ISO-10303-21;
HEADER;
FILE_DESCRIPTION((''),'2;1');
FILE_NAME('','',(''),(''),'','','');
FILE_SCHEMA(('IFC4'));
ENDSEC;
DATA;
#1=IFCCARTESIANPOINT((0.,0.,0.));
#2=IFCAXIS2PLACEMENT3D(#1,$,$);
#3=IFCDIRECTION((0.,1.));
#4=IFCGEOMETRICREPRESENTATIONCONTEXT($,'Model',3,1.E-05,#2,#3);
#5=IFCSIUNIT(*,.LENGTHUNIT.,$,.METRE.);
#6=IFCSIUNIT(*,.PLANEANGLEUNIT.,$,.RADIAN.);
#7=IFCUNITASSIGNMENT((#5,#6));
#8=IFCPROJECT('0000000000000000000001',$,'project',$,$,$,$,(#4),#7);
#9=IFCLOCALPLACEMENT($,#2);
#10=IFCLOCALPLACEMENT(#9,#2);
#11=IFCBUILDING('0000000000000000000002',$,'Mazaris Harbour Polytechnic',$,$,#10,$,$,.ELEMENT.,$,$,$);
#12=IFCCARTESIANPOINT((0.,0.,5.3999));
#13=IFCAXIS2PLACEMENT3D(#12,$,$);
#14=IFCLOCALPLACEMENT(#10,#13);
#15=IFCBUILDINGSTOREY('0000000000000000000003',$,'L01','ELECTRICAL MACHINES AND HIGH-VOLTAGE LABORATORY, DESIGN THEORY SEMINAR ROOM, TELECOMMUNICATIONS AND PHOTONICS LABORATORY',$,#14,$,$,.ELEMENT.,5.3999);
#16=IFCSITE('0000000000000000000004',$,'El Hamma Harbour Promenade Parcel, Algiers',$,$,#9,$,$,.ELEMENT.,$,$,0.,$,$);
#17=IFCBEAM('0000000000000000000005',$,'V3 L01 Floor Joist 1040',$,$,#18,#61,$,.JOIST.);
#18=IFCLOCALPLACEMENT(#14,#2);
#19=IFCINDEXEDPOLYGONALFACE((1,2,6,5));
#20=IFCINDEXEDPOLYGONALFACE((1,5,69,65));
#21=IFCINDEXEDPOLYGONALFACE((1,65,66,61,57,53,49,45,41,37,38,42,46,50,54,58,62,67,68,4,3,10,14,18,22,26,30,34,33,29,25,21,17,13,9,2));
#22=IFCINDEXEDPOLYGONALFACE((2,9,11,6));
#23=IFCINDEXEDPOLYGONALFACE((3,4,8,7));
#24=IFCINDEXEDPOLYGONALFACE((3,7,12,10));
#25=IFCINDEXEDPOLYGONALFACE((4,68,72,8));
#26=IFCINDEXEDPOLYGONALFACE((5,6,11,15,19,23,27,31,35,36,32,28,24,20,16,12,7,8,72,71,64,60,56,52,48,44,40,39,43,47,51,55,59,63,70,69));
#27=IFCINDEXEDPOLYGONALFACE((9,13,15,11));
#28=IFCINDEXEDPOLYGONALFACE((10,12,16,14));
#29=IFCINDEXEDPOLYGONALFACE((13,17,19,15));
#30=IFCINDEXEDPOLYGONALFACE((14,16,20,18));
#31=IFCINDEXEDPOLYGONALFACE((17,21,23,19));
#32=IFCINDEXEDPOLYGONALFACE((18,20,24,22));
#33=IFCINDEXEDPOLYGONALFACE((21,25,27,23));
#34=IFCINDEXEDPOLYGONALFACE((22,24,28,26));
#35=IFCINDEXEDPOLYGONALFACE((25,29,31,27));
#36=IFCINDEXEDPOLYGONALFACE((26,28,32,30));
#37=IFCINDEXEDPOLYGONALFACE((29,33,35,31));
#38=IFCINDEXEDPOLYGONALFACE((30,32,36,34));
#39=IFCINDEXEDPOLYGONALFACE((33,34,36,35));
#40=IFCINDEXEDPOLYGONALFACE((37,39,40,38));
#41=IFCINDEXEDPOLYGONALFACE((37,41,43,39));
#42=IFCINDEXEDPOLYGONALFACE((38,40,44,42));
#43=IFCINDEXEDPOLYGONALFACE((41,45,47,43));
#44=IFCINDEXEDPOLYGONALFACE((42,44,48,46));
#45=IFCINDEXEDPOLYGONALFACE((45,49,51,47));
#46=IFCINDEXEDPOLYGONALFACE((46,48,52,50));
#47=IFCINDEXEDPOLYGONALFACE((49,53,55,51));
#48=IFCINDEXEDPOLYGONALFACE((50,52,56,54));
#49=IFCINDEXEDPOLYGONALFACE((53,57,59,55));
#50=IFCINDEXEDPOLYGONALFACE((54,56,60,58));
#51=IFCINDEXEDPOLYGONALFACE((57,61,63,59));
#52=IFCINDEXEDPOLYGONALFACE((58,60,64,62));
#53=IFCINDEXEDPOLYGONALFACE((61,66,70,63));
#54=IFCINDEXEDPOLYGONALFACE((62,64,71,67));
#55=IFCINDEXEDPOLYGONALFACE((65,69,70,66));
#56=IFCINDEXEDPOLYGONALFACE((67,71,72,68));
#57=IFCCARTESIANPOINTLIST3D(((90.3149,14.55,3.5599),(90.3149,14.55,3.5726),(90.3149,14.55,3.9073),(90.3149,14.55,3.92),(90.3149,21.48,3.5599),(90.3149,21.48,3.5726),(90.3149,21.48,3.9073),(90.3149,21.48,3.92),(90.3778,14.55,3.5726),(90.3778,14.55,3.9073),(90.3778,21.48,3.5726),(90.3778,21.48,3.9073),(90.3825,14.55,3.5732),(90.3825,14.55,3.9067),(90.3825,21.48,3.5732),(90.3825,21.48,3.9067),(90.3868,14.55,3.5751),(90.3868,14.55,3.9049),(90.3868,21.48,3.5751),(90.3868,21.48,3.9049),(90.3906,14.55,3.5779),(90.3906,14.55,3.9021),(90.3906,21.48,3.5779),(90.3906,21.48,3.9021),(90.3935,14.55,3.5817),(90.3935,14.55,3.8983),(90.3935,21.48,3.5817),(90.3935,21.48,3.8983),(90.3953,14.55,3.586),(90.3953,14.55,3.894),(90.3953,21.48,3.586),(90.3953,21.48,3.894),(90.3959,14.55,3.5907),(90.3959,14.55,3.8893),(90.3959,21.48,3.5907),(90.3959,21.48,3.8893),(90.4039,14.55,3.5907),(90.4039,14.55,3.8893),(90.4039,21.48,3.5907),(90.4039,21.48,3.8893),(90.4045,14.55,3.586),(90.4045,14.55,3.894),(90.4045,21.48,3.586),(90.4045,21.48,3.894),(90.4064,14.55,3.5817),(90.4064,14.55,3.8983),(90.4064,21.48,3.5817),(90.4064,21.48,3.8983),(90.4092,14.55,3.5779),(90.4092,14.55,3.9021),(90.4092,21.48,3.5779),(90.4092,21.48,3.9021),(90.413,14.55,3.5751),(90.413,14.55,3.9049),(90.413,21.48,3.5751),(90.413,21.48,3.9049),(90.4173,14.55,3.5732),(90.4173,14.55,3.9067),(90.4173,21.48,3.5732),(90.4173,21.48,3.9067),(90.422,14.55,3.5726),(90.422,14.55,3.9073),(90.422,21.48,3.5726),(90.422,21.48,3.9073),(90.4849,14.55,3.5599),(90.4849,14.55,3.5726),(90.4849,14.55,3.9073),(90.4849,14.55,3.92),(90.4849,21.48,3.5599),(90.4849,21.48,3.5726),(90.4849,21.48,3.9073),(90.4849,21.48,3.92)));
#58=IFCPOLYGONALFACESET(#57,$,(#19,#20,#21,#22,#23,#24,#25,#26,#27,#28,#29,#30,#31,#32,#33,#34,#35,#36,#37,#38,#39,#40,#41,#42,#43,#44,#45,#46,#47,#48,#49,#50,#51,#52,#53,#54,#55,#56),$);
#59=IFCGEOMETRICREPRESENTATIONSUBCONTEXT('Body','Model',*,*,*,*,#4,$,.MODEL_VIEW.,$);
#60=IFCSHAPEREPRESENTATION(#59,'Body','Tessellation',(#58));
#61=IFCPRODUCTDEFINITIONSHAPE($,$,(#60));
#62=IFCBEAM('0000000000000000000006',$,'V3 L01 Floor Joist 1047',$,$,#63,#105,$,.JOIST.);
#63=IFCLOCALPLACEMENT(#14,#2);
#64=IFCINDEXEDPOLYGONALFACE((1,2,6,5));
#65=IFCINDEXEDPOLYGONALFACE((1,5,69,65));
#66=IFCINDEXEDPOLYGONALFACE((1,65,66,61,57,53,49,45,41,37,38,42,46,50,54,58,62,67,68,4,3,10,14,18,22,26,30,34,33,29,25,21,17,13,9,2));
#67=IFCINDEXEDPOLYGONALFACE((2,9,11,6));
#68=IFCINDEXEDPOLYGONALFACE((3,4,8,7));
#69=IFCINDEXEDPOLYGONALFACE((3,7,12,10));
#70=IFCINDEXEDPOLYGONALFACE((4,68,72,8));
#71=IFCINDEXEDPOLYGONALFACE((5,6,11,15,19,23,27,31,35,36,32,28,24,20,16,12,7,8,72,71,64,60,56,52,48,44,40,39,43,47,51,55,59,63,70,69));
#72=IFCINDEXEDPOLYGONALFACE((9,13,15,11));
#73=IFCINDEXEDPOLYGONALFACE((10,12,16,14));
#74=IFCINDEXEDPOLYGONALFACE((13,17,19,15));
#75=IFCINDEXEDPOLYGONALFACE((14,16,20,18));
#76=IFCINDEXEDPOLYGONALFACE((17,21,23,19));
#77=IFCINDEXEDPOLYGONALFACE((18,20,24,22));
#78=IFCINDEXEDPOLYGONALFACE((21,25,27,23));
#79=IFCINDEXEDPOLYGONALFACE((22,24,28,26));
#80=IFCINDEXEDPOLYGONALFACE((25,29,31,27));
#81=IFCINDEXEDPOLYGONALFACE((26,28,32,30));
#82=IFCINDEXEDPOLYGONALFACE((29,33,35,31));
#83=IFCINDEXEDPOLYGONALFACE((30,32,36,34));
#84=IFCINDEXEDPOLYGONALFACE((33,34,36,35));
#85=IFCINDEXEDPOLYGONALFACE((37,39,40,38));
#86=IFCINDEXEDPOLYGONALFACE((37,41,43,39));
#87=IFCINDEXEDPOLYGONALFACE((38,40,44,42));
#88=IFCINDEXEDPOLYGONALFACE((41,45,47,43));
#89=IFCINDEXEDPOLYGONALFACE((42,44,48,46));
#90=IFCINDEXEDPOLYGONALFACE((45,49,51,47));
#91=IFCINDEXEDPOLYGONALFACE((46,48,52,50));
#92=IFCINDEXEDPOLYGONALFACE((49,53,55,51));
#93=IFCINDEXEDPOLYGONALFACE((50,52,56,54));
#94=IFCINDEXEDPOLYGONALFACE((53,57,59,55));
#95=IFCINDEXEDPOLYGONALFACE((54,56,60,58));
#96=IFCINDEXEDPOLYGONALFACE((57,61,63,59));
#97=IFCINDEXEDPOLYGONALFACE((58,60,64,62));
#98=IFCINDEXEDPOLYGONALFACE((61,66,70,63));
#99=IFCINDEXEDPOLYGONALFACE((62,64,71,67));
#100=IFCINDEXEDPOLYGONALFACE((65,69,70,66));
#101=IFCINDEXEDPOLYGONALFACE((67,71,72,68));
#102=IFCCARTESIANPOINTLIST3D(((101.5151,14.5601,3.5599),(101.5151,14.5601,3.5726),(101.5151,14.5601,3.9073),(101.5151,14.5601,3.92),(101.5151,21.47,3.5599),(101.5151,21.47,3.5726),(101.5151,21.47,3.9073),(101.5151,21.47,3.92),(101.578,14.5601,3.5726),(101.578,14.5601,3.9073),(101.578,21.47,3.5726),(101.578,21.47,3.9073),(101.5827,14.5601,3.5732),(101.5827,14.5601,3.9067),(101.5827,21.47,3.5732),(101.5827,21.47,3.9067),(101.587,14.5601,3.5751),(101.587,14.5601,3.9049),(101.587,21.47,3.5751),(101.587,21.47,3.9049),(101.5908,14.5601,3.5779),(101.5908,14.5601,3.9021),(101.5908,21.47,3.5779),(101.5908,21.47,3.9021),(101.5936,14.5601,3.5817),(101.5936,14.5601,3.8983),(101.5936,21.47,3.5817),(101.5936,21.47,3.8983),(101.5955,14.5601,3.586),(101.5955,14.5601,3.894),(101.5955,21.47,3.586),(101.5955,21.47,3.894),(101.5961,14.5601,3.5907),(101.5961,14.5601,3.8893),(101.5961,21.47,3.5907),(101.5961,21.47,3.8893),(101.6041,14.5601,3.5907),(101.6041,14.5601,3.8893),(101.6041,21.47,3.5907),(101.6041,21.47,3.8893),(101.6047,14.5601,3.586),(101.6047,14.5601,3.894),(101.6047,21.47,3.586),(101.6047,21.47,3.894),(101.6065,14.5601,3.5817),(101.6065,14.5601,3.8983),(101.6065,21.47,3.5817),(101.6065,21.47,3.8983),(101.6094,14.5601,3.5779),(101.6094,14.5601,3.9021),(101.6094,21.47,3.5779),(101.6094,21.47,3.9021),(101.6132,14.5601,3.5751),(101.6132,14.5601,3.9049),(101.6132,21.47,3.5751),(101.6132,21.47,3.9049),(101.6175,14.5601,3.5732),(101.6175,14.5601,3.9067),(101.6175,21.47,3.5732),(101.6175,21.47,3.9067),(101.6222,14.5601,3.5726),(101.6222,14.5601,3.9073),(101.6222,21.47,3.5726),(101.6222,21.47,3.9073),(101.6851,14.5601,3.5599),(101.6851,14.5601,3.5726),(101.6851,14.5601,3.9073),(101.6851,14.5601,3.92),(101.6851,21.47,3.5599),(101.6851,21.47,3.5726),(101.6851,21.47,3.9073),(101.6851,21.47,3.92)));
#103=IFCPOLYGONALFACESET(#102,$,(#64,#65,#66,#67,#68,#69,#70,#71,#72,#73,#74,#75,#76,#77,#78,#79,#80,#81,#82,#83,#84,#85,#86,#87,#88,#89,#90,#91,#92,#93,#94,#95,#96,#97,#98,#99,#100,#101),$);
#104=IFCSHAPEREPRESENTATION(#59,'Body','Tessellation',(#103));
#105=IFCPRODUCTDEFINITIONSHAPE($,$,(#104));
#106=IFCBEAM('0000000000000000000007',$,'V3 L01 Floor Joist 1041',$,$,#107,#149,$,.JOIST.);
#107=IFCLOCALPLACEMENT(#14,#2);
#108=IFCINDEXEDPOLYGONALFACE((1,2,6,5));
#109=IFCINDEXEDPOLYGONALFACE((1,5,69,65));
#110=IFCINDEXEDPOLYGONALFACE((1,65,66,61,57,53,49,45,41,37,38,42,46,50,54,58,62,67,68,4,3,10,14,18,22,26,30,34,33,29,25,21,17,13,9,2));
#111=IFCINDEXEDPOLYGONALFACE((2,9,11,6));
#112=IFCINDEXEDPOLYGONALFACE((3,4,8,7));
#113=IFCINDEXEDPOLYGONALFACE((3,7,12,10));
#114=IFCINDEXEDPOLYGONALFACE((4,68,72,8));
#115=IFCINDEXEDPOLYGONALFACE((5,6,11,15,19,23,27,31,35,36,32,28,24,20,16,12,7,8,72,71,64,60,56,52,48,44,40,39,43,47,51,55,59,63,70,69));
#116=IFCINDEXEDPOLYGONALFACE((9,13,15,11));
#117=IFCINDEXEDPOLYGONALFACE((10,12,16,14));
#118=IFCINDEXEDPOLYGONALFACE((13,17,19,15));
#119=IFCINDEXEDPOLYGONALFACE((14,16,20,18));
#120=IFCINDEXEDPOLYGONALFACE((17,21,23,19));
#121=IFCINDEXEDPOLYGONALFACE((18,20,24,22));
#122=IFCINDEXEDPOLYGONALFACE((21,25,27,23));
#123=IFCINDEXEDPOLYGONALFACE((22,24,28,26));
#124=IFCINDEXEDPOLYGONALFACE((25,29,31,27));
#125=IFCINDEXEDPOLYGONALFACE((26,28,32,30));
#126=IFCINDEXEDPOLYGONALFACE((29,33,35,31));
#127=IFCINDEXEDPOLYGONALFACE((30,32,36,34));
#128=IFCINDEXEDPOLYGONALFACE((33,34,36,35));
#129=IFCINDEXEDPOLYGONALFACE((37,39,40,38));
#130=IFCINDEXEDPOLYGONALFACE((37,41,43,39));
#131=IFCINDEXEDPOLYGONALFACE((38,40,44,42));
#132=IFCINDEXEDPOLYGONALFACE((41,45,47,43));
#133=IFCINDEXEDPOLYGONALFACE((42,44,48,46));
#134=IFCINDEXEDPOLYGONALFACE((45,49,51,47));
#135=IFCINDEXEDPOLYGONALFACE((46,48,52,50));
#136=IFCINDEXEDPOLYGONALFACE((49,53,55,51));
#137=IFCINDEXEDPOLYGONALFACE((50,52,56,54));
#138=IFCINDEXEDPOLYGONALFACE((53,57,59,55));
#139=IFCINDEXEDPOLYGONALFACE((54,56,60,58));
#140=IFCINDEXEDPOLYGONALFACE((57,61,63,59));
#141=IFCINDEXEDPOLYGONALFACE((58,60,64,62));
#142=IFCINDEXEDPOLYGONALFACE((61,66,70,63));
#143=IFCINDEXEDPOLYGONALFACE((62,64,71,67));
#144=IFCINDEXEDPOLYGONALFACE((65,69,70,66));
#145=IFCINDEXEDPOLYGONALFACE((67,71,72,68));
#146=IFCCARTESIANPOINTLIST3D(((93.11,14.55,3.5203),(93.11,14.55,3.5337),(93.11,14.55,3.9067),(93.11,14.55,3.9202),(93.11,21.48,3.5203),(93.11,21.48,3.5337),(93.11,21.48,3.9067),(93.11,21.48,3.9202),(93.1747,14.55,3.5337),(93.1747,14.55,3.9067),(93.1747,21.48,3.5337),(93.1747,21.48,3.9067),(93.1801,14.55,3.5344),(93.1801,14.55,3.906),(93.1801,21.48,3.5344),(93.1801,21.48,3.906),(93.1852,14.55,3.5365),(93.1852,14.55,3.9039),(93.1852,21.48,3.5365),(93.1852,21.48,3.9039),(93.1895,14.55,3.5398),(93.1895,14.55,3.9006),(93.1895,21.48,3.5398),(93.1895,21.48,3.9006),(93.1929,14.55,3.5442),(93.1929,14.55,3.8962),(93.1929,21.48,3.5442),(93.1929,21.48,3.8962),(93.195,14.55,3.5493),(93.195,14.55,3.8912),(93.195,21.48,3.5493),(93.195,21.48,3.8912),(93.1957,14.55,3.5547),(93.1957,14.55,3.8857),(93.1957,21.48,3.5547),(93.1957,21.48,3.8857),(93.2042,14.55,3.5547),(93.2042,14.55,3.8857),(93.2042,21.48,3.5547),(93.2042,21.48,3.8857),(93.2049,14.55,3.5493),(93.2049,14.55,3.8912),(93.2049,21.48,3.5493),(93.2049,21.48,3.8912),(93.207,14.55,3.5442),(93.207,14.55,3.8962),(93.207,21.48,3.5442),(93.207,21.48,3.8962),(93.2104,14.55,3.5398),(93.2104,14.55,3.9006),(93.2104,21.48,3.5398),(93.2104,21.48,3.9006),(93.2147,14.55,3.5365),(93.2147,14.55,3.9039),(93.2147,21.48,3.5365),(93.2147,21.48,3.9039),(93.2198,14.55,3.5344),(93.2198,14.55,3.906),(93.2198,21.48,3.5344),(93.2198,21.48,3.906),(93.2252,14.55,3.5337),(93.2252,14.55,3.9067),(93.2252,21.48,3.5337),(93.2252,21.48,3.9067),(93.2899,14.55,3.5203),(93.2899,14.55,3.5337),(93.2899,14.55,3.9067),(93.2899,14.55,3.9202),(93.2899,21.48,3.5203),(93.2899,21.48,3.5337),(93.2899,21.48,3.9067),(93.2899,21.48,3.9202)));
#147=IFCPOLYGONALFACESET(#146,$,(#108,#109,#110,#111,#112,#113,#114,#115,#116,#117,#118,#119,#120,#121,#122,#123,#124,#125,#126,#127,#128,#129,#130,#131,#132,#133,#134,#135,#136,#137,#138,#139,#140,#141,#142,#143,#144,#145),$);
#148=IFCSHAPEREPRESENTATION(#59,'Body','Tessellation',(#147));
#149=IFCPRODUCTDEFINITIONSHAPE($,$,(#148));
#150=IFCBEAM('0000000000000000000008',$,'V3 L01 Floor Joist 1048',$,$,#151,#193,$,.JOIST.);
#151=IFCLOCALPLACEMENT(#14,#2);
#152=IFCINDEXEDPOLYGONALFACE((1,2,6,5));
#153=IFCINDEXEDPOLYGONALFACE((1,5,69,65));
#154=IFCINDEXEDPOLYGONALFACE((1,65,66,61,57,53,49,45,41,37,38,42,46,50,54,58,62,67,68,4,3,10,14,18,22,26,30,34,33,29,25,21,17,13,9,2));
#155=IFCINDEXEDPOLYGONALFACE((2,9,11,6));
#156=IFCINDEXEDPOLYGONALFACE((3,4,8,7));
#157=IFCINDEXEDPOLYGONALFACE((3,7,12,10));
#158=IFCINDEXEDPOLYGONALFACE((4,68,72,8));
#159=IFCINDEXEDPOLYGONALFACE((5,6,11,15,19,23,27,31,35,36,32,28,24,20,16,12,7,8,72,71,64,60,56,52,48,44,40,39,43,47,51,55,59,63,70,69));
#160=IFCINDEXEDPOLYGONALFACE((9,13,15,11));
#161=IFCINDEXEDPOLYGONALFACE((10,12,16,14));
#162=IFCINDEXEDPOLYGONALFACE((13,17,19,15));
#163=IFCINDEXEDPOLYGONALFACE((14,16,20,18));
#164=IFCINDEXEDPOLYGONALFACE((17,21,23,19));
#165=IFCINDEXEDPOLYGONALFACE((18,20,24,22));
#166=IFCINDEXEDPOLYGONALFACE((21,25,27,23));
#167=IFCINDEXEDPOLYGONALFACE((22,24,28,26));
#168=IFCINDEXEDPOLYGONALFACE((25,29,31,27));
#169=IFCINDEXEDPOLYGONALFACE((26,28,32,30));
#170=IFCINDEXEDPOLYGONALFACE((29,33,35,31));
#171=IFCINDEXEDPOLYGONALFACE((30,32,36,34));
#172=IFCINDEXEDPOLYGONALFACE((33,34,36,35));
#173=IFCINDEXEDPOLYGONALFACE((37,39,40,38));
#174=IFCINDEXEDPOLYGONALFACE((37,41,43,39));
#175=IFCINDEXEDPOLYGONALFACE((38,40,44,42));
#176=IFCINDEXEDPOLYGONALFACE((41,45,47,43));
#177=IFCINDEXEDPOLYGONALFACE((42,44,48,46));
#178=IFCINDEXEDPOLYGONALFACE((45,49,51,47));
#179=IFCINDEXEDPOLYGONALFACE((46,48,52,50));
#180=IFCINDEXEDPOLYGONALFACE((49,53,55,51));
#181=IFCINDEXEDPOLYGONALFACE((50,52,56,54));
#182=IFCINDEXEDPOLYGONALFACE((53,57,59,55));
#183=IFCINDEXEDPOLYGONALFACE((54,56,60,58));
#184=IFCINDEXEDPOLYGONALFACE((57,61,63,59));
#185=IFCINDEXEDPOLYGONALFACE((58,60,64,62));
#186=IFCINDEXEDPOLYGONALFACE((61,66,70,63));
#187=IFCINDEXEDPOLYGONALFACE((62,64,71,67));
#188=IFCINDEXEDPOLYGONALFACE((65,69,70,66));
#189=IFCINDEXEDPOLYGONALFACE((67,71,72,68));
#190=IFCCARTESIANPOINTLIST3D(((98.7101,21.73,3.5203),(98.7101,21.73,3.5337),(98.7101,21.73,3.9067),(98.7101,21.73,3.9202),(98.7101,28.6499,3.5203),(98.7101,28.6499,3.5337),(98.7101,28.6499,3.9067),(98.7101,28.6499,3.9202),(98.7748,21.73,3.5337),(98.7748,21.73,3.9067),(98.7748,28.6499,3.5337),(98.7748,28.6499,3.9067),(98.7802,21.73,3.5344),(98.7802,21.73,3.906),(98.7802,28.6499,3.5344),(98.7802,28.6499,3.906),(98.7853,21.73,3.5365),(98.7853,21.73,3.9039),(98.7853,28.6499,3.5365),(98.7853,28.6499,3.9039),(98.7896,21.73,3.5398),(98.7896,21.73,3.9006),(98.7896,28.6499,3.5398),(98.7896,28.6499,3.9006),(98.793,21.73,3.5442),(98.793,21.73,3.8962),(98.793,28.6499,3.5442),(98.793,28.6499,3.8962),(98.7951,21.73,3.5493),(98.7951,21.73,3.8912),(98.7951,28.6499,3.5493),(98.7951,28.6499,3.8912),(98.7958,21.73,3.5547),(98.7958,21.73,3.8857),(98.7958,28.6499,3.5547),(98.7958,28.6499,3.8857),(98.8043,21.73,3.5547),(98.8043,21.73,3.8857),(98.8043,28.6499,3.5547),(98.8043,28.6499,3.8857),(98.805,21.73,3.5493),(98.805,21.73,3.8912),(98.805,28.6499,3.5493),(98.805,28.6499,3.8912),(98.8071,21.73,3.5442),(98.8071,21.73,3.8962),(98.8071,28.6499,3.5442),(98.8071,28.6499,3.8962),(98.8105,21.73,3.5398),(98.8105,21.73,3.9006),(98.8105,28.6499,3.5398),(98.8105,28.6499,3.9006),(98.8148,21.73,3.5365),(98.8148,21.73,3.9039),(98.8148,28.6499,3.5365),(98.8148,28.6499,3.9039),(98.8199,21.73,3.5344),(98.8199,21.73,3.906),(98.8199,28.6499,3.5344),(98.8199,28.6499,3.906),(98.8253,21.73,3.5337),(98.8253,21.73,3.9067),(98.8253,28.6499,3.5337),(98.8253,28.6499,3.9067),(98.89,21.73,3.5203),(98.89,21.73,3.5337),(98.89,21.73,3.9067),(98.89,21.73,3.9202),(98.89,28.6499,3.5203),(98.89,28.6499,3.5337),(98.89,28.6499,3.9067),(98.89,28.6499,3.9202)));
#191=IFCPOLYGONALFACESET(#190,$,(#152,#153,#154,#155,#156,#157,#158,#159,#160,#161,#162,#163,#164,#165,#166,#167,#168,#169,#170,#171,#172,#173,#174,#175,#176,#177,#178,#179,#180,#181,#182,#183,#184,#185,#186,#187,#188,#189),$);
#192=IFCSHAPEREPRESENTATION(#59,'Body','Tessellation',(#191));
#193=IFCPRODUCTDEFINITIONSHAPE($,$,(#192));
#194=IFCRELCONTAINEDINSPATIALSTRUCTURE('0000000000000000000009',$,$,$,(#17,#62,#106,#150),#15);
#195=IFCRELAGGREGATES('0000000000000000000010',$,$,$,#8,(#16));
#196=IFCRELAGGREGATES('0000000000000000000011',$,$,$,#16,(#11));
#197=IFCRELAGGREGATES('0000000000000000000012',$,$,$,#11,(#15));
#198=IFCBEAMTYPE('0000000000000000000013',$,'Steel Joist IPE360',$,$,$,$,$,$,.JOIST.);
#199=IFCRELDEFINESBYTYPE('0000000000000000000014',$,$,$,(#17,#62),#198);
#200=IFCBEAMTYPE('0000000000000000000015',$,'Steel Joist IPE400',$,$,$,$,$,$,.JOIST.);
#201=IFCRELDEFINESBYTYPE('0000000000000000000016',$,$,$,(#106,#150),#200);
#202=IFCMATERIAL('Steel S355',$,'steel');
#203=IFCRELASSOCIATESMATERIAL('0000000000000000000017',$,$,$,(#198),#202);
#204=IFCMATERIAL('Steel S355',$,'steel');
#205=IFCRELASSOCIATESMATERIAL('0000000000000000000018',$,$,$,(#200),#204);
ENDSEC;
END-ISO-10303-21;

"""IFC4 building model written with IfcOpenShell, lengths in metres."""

from ifc_helpers import new_model, si_unit, direction, frame, origin, origin_2d, place, context, subcontext, project, spatial, i_section, extrude, material, material_profile, profile_set, type_object, element, save


model = new_model("IFC4")

# Units and contexts
model_context = context("Model", 3, precision=1e-05, world=origin(), true_north=direction((0.0, 1.0)))
body_context = subcontext(model_context, "Body", "Model", "MODEL_VIEW")
ifc_project = project(units=[si_unit("LENGTHUNIT", "METRE"), si_unit("PLANEANGLEUNIT", "RADIAN")], contexts=[model_context])

# Site, building, storey
site_placement = place(None, origin())
site = spatial("IfcSite", under=ifc_project, at=site_placement, Name="El Hamma Harbour Promenade Parcel, Algiers", CompositionType="ELEMENT", RefElevation=0.0)
building_placement = place(site_placement, origin())
building = spatial("IfcBuilding", under=site, at=building_placement, Name="Mazaris Harbour Polytechnic", CompositionType="ELEMENT")
storey_placement = place(building_placement, frame((0.0, 0.0, 5.3999)))
storey = spatial("IfcBuildingStorey", under=building, at=storey_placement, Name="L01", Description="ELECTRICAL MACHINES AND HIGH-VOLTAGE LABORATORY, DESIGN THEORY SEMINAR ROOM, TELECOMMUNICATIONS AND PHOTONICS LABORATORY", CompositionType="ELEMENT", Elevation=5.3999)

# Beams
ifc_material_1 = material(Name="Steel S355", Category="steel")
ifc_material_profile_1 = material_profile(ifc_material_1, i_section(OverallWidth=0.1699, OverallDepth=0.3601, WebThickness=0.0081, FlangeThickness=0.0127, FilletRadius=0.0181, at=origin_2d()), Name="IPE 360")
ifc_profile_set_1 = profile_set([ifc_material_profile_1], Name="Steel S355")
beam_type_1 = type_object("IfcBeamType", Name="Steel Joist IPE360", PredefinedType="JOIST", material=ifc_profile_set_1)
beam_1_placement = place(storey_placement, frame((90.3999, 14.55, 3.74), z_axis=(0.0, 1.0, 0.0), x_axis=(-1.0, 0.0, 0.0)))
element("IfcBeam", 1, at=beam_1_placement, inside=storey, type_object=beam_type_1, Name="V3 L01 Floor Joist 1040", PredefinedType="JOIST", context=body_context, shape_type="SweptSolid", body=[
    extrude(i_section(OverallWidth=0.1699, OverallDepth=0.3601, WebThickness=0.0081, FlangeThickness=0.0127, FilletRadius=0.0181, at=origin_2d()), origin(), (0.0, 0.0, 1.0), 6.9299),
])
beam_2_placement = place(storey_placement, frame((101.6001, 14.5601, 3.74), z_axis=(0.0, 1.0, 0.0), x_axis=(-1.0, 0.0, 0.0)))
element("IfcBeam", 2, at=beam_2_placement, inside=storey, type_object=beam_type_1, Name="V3 L01 Floor Joist 1047", PredefinedType="JOIST", context=body_context, shape_type="SweptSolid", body=[
    extrude(i_section(OverallWidth=0.1699, OverallDepth=0.3601, WebThickness=0.0081, FlangeThickness=0.0127, FilletRadius=0.0181, at=origin_2d()), origin(), (0.0, 0.0, 1.0), 6.9099),
])
ifc_material_2 = material(Name="Steel S355", Category="steel")
ifc_material_profile_2 = material_profile(ifc_material_2, i_section(OverallWidth=0.1799, OverallDepth=0.3999, WebThickness=0.0085, FlangeThickness=0.0134, FilletRadius=0.021, at=origin_2d()), Name="IPE 400")
ifc_profile_set_2 = profile_set([ifc_material_profile_2], Name="Steel S355")
beam_type_2 = type_object("IfcBeamType", Name="Steel Joist IPE400", PredefinedType="JOIST", material=ifc_profile_set_2)
beam_3_placement = place(storey_placement, frame((93.2, 14.55, 3.7202), z_axis=(0.0, 1.0, 0.0), x_axis=(-1.0, 0.0, 0.0)))
element("IfcBeam", 3, at=beam_3_placement, inside=storey, type_object=beam_type_2, Name="V3 L01 Floor Joist 1041", PredefinedType="JOIST", context=body_context, shape_type="SweptSolid", body=[
    extrude(i_section(OverallWidth=0.1799, OverallDepth=0.3999, WebThickness=0.0085, FlangeThickness=0.0134, FilletRadius=0.021, at=origin_2d()), origin(), (0.0, 0.0, 1.0), 6.9299),
])
beam_4_placement = place(storey_placement, frame((98.8, 21.73, 3.7202), z_axis=(0.0, 1.0, 0.0), x_axis=(-1.0, 0.0, 0.0)))
element("IfcBeam", 4, at=beam_4_placement, inside=storey, type_object=beam_type_2, Name="V3 L01 Floor Joist 1048", PredefinedType="JOIST", context=body_context, shape_type="SweptSolid", body=[
    extrude(i_section(OverallWidth=0.1799, OverallDepth=0.3999, WebThickness=0.0085, FlangeThickness=0.0134, FilletRadius=0.021, at=origin_2d()), origin(), (0.0, 0.0, 1.0), 6.9199),
])

save(model, "model.ifc")
